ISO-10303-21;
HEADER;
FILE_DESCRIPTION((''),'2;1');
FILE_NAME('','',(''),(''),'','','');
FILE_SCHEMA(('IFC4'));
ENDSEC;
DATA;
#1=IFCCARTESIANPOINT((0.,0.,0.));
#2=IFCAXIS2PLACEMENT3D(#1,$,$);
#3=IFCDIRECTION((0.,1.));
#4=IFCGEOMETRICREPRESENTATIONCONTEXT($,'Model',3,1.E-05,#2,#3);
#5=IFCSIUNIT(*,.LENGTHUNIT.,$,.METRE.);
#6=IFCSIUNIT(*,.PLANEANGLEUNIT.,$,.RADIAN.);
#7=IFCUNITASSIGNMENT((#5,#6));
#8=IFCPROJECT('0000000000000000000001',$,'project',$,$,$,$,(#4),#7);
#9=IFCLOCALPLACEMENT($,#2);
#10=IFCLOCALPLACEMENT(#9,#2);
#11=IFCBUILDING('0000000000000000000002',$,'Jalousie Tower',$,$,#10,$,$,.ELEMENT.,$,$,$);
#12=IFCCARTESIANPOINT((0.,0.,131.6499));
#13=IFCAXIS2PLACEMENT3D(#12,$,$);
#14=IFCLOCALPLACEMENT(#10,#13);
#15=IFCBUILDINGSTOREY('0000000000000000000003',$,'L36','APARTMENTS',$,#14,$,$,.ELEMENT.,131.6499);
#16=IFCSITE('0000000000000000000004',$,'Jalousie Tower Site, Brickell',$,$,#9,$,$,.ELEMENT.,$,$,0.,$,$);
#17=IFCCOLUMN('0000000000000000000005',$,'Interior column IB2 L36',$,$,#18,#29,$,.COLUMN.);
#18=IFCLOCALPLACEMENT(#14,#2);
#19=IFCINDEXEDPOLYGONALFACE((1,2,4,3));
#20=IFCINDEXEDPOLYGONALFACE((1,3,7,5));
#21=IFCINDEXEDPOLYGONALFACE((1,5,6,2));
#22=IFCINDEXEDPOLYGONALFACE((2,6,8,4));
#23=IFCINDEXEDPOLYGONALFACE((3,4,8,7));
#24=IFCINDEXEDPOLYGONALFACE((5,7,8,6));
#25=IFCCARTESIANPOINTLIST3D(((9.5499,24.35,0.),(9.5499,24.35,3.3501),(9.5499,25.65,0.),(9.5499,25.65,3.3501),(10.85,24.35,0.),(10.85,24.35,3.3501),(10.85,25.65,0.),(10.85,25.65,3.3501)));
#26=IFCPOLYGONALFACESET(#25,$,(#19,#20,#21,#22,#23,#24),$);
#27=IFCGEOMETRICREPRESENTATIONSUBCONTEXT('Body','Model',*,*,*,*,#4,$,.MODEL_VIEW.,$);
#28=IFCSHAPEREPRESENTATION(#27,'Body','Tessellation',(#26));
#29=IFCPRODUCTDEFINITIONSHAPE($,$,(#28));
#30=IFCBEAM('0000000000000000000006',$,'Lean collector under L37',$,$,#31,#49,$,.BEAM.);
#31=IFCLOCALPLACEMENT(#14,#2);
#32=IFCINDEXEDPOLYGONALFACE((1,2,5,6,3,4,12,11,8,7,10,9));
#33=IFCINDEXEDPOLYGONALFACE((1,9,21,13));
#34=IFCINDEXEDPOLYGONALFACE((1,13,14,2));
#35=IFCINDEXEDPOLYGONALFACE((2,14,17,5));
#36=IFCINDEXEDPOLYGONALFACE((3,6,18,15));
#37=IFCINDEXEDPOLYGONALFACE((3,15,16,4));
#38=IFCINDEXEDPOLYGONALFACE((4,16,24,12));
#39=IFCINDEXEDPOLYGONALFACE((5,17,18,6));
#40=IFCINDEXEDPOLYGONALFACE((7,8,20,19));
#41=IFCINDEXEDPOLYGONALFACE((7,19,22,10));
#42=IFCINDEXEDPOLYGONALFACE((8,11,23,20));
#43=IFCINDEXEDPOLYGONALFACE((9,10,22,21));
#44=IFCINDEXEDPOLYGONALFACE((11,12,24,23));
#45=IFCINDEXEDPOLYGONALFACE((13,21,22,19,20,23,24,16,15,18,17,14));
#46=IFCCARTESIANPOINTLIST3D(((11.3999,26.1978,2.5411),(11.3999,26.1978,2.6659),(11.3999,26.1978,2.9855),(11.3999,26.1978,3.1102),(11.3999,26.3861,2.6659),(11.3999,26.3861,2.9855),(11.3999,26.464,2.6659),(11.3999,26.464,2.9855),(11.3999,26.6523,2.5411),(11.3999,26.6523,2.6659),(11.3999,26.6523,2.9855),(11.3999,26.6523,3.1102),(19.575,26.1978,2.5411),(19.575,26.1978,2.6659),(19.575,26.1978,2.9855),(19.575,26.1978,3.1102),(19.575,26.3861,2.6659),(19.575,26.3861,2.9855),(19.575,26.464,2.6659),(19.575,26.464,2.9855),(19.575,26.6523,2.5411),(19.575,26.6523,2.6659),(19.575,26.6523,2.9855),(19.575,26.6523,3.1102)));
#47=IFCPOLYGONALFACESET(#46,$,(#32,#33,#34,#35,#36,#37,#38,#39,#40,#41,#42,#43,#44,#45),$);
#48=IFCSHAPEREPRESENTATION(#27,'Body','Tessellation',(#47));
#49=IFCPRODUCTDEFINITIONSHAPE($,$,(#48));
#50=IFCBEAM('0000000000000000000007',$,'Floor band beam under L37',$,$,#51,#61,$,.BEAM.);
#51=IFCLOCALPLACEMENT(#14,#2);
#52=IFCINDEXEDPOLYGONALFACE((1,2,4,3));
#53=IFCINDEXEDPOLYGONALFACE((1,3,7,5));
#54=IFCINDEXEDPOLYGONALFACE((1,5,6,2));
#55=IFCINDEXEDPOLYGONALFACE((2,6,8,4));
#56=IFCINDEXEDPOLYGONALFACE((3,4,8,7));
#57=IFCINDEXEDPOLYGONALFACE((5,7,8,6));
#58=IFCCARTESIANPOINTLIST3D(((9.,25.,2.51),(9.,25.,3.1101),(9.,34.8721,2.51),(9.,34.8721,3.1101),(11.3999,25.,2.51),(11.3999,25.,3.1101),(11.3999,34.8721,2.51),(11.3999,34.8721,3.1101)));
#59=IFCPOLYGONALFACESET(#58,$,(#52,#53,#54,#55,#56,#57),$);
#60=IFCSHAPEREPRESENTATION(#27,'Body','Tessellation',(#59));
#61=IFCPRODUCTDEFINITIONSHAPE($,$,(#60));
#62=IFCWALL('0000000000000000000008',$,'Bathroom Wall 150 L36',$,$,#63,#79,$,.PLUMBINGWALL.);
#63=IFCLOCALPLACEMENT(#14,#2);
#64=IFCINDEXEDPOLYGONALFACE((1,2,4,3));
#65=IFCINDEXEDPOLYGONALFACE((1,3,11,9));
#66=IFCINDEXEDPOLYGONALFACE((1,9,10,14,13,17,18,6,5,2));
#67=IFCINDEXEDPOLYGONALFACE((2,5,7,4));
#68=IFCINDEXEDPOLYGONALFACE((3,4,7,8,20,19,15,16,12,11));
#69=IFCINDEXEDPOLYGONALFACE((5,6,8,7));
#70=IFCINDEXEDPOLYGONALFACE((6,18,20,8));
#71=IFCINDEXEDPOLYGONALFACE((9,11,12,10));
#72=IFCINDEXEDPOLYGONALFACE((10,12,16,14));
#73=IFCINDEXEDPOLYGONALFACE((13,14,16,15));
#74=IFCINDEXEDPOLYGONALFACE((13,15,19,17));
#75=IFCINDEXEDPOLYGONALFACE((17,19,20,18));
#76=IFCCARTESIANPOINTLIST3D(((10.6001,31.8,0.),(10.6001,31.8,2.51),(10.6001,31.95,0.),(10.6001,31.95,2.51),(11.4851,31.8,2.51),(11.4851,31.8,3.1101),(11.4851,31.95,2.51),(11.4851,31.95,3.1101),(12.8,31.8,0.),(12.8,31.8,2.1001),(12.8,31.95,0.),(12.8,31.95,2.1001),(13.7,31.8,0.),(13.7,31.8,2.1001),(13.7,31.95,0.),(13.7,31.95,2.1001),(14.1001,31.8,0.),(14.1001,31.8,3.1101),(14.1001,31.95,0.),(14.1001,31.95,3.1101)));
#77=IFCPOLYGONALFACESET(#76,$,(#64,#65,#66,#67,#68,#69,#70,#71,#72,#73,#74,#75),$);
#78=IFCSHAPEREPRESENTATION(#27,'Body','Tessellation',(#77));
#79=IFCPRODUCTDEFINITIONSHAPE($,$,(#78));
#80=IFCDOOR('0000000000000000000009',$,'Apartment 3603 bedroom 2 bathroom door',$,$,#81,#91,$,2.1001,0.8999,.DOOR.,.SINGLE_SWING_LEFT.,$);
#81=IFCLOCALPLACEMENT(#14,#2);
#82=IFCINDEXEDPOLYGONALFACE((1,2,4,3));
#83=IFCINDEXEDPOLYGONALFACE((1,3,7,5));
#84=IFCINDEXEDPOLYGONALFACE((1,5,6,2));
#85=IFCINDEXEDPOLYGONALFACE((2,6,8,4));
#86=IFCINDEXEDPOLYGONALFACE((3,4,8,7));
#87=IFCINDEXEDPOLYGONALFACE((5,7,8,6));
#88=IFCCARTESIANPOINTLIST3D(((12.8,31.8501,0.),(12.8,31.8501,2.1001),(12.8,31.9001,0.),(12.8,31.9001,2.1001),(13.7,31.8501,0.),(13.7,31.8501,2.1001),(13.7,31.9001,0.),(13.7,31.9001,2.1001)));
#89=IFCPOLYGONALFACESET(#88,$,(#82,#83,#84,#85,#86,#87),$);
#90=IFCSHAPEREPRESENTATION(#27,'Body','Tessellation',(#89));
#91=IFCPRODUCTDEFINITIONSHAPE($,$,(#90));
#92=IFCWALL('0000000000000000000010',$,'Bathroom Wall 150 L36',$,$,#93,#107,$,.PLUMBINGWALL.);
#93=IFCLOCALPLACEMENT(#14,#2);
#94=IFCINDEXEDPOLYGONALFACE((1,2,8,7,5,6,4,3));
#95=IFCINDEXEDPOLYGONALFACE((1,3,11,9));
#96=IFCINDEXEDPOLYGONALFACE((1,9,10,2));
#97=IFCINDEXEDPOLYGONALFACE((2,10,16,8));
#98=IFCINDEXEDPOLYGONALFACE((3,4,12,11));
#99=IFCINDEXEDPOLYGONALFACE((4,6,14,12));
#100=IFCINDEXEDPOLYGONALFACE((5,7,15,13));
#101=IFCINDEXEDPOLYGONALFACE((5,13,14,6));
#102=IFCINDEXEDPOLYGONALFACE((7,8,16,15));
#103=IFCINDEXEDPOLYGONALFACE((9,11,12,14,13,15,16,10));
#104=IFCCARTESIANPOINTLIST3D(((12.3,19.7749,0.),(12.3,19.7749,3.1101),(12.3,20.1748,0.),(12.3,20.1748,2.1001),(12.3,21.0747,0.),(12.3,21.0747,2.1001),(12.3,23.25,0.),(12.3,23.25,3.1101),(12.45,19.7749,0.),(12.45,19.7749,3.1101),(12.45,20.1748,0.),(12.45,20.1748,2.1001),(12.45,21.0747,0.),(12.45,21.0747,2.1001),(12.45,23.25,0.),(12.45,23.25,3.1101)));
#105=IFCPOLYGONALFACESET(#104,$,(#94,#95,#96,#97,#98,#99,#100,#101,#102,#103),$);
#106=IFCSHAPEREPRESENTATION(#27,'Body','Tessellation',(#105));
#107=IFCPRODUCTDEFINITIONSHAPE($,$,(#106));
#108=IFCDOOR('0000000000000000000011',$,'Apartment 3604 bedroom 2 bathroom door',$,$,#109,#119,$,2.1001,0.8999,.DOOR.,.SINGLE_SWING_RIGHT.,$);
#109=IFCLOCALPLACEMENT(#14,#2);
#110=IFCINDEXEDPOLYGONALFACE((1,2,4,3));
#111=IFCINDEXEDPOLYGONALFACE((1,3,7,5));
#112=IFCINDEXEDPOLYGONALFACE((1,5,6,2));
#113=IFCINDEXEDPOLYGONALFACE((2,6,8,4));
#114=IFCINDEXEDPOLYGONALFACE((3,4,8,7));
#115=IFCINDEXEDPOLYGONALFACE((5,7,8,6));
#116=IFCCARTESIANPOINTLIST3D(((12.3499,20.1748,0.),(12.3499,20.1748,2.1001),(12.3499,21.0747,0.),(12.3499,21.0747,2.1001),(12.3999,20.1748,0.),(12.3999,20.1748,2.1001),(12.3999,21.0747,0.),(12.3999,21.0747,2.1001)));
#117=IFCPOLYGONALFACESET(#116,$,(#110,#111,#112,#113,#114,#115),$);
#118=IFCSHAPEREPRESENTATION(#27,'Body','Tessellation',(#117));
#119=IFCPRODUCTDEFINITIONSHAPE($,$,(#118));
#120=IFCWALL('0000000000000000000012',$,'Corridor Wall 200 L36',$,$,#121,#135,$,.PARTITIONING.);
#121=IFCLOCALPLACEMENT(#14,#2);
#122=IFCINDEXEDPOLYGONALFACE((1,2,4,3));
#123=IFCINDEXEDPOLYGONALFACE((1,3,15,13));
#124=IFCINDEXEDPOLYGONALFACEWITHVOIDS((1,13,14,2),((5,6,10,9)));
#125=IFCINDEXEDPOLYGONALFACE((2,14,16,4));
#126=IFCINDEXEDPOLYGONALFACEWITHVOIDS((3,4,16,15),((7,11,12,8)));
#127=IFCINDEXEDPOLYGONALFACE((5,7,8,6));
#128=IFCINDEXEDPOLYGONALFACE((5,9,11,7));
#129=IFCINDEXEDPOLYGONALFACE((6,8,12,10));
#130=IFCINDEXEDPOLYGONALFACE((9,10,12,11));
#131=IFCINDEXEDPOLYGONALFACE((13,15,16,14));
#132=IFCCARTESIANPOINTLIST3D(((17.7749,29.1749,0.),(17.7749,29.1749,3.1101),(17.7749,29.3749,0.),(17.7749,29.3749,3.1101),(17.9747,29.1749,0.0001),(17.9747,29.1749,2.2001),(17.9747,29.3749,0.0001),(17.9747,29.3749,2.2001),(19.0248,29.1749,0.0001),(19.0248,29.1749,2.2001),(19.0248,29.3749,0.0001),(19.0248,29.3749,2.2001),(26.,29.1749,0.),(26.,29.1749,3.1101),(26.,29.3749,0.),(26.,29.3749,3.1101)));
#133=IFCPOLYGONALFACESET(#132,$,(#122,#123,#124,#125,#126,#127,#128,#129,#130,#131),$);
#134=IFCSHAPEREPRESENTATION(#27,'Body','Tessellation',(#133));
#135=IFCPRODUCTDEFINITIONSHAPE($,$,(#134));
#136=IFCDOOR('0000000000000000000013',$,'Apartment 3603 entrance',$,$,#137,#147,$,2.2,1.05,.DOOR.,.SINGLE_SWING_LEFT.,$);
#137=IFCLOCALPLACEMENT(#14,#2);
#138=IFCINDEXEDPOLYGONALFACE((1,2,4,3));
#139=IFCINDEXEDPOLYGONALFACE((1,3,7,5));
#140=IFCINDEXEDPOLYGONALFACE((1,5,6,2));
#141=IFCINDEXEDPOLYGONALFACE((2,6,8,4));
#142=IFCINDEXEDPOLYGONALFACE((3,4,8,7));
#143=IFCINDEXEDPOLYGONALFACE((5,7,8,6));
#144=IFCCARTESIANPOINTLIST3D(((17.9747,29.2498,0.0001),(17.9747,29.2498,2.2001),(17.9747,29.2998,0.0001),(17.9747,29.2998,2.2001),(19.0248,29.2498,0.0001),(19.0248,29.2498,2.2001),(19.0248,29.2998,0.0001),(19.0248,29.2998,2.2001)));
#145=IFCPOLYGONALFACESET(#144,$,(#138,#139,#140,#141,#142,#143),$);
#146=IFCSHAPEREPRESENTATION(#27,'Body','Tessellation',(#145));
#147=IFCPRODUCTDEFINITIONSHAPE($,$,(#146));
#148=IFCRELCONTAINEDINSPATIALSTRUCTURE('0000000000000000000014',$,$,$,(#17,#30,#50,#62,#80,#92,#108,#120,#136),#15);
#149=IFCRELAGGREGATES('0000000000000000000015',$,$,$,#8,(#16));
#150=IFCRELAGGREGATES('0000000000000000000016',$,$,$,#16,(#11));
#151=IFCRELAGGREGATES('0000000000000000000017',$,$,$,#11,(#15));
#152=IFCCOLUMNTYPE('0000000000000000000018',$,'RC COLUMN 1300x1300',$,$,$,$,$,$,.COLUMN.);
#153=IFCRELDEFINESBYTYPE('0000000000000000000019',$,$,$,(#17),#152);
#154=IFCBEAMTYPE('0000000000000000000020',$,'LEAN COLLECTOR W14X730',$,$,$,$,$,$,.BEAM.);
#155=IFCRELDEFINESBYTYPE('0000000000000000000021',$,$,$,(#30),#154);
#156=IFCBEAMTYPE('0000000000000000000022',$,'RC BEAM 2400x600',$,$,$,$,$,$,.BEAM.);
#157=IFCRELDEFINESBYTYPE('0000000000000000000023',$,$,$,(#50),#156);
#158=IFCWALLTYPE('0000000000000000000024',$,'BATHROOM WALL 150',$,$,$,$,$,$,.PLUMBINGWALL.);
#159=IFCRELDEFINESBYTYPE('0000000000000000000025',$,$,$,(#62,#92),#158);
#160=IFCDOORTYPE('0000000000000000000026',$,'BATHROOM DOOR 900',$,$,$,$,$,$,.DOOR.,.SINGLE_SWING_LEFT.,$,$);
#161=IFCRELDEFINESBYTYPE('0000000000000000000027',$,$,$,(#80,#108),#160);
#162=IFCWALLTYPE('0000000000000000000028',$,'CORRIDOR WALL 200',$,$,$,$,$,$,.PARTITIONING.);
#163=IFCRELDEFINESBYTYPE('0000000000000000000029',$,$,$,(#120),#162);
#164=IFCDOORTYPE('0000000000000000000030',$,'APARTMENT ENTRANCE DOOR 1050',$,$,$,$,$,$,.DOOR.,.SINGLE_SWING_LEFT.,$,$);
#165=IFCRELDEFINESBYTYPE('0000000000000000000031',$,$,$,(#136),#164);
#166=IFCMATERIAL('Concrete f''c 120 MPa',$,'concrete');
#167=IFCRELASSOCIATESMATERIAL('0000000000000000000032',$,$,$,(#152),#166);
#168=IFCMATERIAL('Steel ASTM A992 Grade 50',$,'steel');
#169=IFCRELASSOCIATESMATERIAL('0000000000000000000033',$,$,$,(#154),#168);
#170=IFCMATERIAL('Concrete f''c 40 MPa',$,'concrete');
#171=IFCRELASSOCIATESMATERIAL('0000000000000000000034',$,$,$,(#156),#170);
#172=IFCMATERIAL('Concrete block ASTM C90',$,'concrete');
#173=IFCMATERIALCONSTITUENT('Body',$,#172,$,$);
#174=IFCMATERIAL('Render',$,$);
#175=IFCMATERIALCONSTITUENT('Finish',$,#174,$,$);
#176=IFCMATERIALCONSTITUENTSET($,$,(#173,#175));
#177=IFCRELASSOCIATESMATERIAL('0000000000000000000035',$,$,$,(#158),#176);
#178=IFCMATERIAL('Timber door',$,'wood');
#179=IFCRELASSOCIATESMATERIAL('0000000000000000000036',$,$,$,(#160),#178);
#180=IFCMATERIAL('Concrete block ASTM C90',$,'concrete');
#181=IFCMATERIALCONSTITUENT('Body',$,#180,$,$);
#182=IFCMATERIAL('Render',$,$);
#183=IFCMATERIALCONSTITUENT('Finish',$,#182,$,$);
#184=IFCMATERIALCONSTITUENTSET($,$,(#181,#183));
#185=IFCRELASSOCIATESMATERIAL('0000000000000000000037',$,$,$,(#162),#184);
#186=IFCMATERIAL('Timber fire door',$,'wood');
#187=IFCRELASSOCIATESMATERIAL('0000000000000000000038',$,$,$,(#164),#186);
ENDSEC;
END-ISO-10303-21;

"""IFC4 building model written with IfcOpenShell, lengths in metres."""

from ifc_helpers import new_model, si_unit, direction, frame, frame_2d, origin, origin_2d, place, context, subcontext, project, spatial, polyline, rectangle, i_section, outline, extrude, material, constituent, constituent_set, material_profile, profile_set, type_object, element, fill, save


model = new_model("IFC4")

# Units and contexts
model_context = context("Model", 3, precision=1e-05, world=origin(), true_north=direction((0.0, 1.0)))
body_context = subcontext(model_context, "Body", "Model", "MODEL_VIEW")
ifc_project = project(units=[si_unit("LENGTHUNIT", "METRE"), si_unit("PLANEANGLEUNIT", "RADIAN")], contexts=[model_context])

# Site, building, storey
site_placement = place(None, origin())
site = spatial("IfcSite", under=ifc_project, at=site_placement, Name="Jalousie Tower Site, Brickell", CompositionType="ELEMENT", RefElevation=0.0)
building_placement = place(site_placement, origin())
building = spatial("IfcBuilding", under=site, at=building_placement, Name="Jalousie Tower", CompositionType="ELEMENT")
storey_placement = place(building_placement, frame((0.0, 0.0, 131.6499)))
storey = spatial("IfcBuildingStorey", under=building, at=storey_placement, Name="L36", Description="APARTMENTS", CompositionType="ELEMENT", Elevation=131.6499)

# Column
ifc_material_1 = material(Name="Concrete f'c 120 MPa", Category="concrete")
ifc_material_profile_1 = material_profile(ifc_material_1, rectangle(XDim=1.3, YDim=1.3, at=origin_2d()), Name="RC 1300x1300")
ifc_profile_set_1 = profile_set([ifc_material_profile_1], Name="Concrete f'c 120 MPa")
column_type = type_object("IfcColumnType", Name="RC COLUMN 1300x1300", PredefinedType="COLUMN", material=ifc_profile_set_1)
column_placement = place(storey_placement, frame((10.2, 25.0, 0.0), z_axis=(0.0, 0.0, 1.0), x_axis=(1.0, 0.0, 0.0)))
element("IfcColumn", 1, at=column_placement, inside=storey, type_object=column_type, Name="Interior column IB2 L36", PredefinedType="COLUMN", context=body_context, shape_type="SweptSolid", body=[
    extrude(rectangle(XDim=1.3, YDim=1.3, at=origin_2d()), origin(), (0.0, 0.0, 1.0), 3.3501),
])

# Beams
ifc_material_2 = material(Name="Steel ASTM A992 Grade 50", Category="steel")
ifc_material_profile_2 = material_profile(ifc_material_2, i_section(OverallWidth=0.4546, OverallDepth=0.5691, WebThickness=0.0779, FlangeThickness=0.1248, at=origin_2d()), Name="W14X730")
ifc_profile_set_2 = profile_set([ifc_material_profile_2], Name="Steel ASTM A992 Grade 50")
beam_type_1 = type_object("IfcBeamType", Name="LEAN COLLECTOR W14X730", PredefinedType="BEAM", material=ifc_profile_set_2)
beam_1_placement = place(storey_placement, frame((11.3999, 26.425, 2.8257), z_axis=(1.0, 0.0, 0.0), x_axis=(0.0, 1.0, 0.0)))
element("IfcBeam", 2, at=beam_1_placement, inside=storey, type_object=beam_type_1, Name="Lean collector under L37", PredefinedType="BEAM", context=body_context, shape_type="SweptSolid", body=[
    extrude(i_section(OverallWidth=0.4546, OverallDepth=0.5691, WebThickness=0.0779, FlangeThickness=0.1248, at=origin_2d()), origin(), (0.0, 0.0, 1.0), 8.175),
])
ifc_material_3 = material(Name="Concrete f'c 40 MPa", Category="concrete")
ifc_material_profile_3 = material_profile(ifc_material_3, rectangle(XDim=2.3999, YDim=0.6001, at=origin_2d()), Name="RC 2400x600")
ifc_profile_set_3 = profile_set([ifc_material_profile_3], Name="Concrete f'c 40 MPa")
beam_type_2 = type_object("IfcBeamType", Name="RC BEAM 2400x600", PredefinedType="BEAM", material=ifc_profile_set_3)
beam_2_placement = place(storey_placement, frame((10.2, 25.0, 2.8101), z_axis=(0.0, 1.0, 0.0), x_axis=(-1.0, 0.0, 0.0)))
element("IfcBeam", 3, at=beam_2_placement, inside=storey, type_object=beam_type_2, Name="Floor band beam under L37", PredefinedType="BEAM", context=body_context, shape_type="SweptSolid", body=[
    extrude(rectangle(XDim=2.3999, YDim=0.6001, at=origin_2d()), origin(), (0.0, 0.0, 1.0), 9.8721),
])

# Walls, openings, doors
ifc_material_4 = material(Name="Concrete block ASTM C90", Category="concrete")
ifc_constituent_1 = constituent(ifc_material_4, Name="Body")
ifc_material_5 = material(Name="Render")
ifc_constituent_2 = constituent(ifc_material_5, Name="Finish")
ifc_constituent_set_1 = constituent_set(constituents=[ifc_constituent_1, ifc_constituent_2])
wall_type_1 = type_object("IfcWallType", Name="BATHROOM WALL 150", PredefinedType="PLUMBINGWALL", material=ifc_constituent_set_1)
wall_1_placement = place(storey_placement, frame((10.6001, 31.875, 0.0), z_axis=(0.0, 0.0, 1.0), x_axis=(1.0, 0.0, 0.0)))
wall_1 = element("IfcWall", 4, at=wall_1_placement, inside=storey, type_object=wall_type_1, Name="Bathroom Wall 150 L36", PredefinedType="PLUMBINGWALL", context=body_context, shape_type="SweptSolid", body=[
    extrude(outline(polyline([(0.0, 0.0), (3.5, 0.0), (3.5, 3.1101), (0.885, 3.1101), (0.885, 2.51), (0.0, 2.51), (0.0, 3.1101), (0.0, 0.0)])), frame((0.0, 0.075, 0.0), z_axis=(0.0, -1.0, 0.0), x_axis=(1.0, 0.0, 0.0)), (0.0, 0.0, 1.0), 0.1499),
])
opening_1_placement = place(wall_1_placement, frame((2.2, 0.0, 0.0)))
opening_1 = element("IfcOpeningElement", 5, at=opening_1_placement, cuts=wall_1, PredefinedType="OPENING", context=body_context, shape_type="SweptSolid", body=[
    extrude(rectangle(XDim=0.8999, YDim=2.1001, at=frame_2d((0.45, 1.05))), frame((0.0, 0.085, 0.0), z_axis=(0.0, -1.0, 0.0), x_axis=(1.0, 0.0, 0.0)), (0.0, 0.0, 1.0), 0.1699),
])
ifc_material_6 = material(Name="Timber door", Category="wood")
door_type_1 = type_object("IfcDoorType", Name="BATHROOM DOOR 900", OperationType="SINGLE_SWING_LEFT", PredefinedType="DOOR", material=ifc_material_6)
door_1_placement = place(opening_1_placement, frame((0.8999, 0.0, 0.0), z_axis=(0.0, 0.0, 1.0), x_axis=(-1.0, 0.0, 0.0)))
door_1 = element("IfcDoor", 6, at=door_1_placement, inside=storey, type_object=door_type_1, Name="Apartment 3603 bedroom 2 bathroom door", OperationType="SINGLE_SWING_LEFT", OverallHeight=2.1001, OverallWidth=0.8999, PredefinedType="DOOR", context=body_context, shape_type="SweptSolid", body=[
    extrude(rectangle(XDim=0.8999, YDim=2.1001, at=frame_2d((0.45, 1.05))), frame((0.0, 0.0249, 0.0), z_axis=(0.0, -1.0, 0.0), x_axis=(1.0, 0.0, 0.0)), (0.0, 0.0, 1.0), 0.05),
])
fill(opening_1, door_1)
wall_2_placement = place(storey_placement, frame((12.375, 19.7749, 0.0), z_axis=(0.0, 0.0, 1.0), x_axis=(0.0, 1.0, 0.0)))
wall_2 = element("IfcWall", 7, at=wall_2_placement, inside=storey, type_object=wall_type_1, Name="Bathroom Wall 150 L36", PredefinedType="PLUMBINGWALL", context=body_context, shape_type="SweptSolid", body=[
    extrude(rectangle(XDim=3.4751, YDim=0.1499, at=frame_2d((1.7375, 0.0))), origin(), (0.0, 0.0, 1.0), 3.1101),
])
opening_2_placement = place(wall_2_placement, frame((0.3999, 0.0, 0.0)))
opening_2 = element("IfcOpeningElement", 8, at=opening_2_placement, cuts=wall_2, PredefinedType="OPENING", context=body_context, shape_type="SweptSolid", body=[
    extrude(rectangle(XDim=0.8999, YDim=2.1001, at=frame_2d((0.45, 1.05))), frame((0.0, 0.085, 0.0), z_axis=(0.0, -1.0, 0.0), x_axis=(1.0, 0.0, 0.0)), (0.0, 0.0, 1.0), 0.1699),
])
door_2_placement = place(opening_2_placement, frame((0.8999, 0.0, 0.0), z_axis=(0.0, 0.0, 1.0), x_axis=(-1.0, 0.0, 0.0)))
door_2 = element("IfcDoor", 9, at=door_2_placement, inside=storey, type_object=door_type_1, Name="Apartment 3604 bedroom 2 bathroom door", OperationType="SINGLE_SWING_RIGHT", OverallHeight=2.1001, OverallWidth=0.8999, PredefinedType="DOOR", context=body_context, shape_type="SweptSolid", body=[
    extrude(rectangle(XDim=0.8999, YDim=2.1001, at=frame_2d((0.45, 1.05))), frame((0.0, 0.0249, 0.0), z_axis=(0.0, -1.0, 0.0), x_axis=(1.0, 0.0, 0.0)), (0.0, 0.0, 1.0), 0.05),
])
fill(opening_2, door_2)
ifc_material_7 = material(Name="Concrete block ASTM C90", Category="concrete")
ifc_constituent_3 = constituent(ifc_material_7, Name="Body")
ifc_material_8 = material(Name="Render")
ifc_constituent_4 = constituent(ifc_material_8, Name="Finish")
ifc_constituent_set_2 = constituent_set(constituents=[ifc_constituent_3, ifc_constituent_4])
wall_type_2 = type_object("IfcWallType", Name="CORRIDOR WALL 200", PredefinedType="PARTITIONING", material=ifc_constituent_set_2)
wall_3_placement = place(storey_placement, frame((17.7749, 29.2749, 0.0), z_axis=(0.0, 0.0, 1.0), x_axis=(1.0, 0.0, 0.0)))
wall_3 = element("IfcWall", 10, at=wall_3_placement, inside=storey, type_object=wall_type_2, Name="Corridor Wall 200 L36", PredefinedType="PARTITIONING", context=body_context, shape_type="SweptSolid", body=[
    extrude(rectangle(XDim=8.2251, YDim=0.2, at=frame_2d((4.1125, 0.0))), origin(), (0.0, 0.0, 1.0), 3.1101),
])
opening_3_placement = place(wall_3_placement, frame((0.2, 0.0, 0.0)))
opening_3 = element("IfcOpeningElement", 11, at=opening_3_placement, cuts=wall_3, PredefinedType="OPENING", context=body_context, shape_type="SweptSolid", body=[
    extrude(rectangle(XDim=1.05, YDim=2.2, at=frame_2d((0.5249, 1.1001))), frame((0.0, 0.1099, 0.0), z_axis=(0.0, -1.0, 0.0), x_axis=(1.0, 0.0, 0.0)), (0.0, 0.0, 1.0), 0.22),
])
ifc_material_9 = material(Name="Timber fire door", Category="wood")
door_type_2 = type_object("IfcDoorType", Name="APARTMENT ENTRANCE DOOR 1050", OperationType="SINGLE_SWING_LEFT", PredefinedType="DOOR", material=ifc_material_9)
door_3_placement = place(opening_3_placement, origin())
door_3 = element("IfcDoor", 12, at=door_3_placement, inside=storey, type_object=door_type_2, Name="Apartment 3603 entrance", OperationType="SINGLE_SWING_LEFT", OverallHeight=2.2, OverallWidth=1.05, PredefinedType="DOOR", context=body_context, shape_type="SweptSolid", body=[
    extrude(rectangle(XDim=1.05, YDim=2.2, at=frame_2d((0.5249, 1.1001))), frame((0.0, 0.0249, 0.0), z_axis=(0.0, -1.0, 0.0), x_axis=(1.0, 0.0, 0.0)), (0.0, 0.0, 1.0), 0.05),
])
fill(opening_3, door_3)

save(model, "model.ifc")
